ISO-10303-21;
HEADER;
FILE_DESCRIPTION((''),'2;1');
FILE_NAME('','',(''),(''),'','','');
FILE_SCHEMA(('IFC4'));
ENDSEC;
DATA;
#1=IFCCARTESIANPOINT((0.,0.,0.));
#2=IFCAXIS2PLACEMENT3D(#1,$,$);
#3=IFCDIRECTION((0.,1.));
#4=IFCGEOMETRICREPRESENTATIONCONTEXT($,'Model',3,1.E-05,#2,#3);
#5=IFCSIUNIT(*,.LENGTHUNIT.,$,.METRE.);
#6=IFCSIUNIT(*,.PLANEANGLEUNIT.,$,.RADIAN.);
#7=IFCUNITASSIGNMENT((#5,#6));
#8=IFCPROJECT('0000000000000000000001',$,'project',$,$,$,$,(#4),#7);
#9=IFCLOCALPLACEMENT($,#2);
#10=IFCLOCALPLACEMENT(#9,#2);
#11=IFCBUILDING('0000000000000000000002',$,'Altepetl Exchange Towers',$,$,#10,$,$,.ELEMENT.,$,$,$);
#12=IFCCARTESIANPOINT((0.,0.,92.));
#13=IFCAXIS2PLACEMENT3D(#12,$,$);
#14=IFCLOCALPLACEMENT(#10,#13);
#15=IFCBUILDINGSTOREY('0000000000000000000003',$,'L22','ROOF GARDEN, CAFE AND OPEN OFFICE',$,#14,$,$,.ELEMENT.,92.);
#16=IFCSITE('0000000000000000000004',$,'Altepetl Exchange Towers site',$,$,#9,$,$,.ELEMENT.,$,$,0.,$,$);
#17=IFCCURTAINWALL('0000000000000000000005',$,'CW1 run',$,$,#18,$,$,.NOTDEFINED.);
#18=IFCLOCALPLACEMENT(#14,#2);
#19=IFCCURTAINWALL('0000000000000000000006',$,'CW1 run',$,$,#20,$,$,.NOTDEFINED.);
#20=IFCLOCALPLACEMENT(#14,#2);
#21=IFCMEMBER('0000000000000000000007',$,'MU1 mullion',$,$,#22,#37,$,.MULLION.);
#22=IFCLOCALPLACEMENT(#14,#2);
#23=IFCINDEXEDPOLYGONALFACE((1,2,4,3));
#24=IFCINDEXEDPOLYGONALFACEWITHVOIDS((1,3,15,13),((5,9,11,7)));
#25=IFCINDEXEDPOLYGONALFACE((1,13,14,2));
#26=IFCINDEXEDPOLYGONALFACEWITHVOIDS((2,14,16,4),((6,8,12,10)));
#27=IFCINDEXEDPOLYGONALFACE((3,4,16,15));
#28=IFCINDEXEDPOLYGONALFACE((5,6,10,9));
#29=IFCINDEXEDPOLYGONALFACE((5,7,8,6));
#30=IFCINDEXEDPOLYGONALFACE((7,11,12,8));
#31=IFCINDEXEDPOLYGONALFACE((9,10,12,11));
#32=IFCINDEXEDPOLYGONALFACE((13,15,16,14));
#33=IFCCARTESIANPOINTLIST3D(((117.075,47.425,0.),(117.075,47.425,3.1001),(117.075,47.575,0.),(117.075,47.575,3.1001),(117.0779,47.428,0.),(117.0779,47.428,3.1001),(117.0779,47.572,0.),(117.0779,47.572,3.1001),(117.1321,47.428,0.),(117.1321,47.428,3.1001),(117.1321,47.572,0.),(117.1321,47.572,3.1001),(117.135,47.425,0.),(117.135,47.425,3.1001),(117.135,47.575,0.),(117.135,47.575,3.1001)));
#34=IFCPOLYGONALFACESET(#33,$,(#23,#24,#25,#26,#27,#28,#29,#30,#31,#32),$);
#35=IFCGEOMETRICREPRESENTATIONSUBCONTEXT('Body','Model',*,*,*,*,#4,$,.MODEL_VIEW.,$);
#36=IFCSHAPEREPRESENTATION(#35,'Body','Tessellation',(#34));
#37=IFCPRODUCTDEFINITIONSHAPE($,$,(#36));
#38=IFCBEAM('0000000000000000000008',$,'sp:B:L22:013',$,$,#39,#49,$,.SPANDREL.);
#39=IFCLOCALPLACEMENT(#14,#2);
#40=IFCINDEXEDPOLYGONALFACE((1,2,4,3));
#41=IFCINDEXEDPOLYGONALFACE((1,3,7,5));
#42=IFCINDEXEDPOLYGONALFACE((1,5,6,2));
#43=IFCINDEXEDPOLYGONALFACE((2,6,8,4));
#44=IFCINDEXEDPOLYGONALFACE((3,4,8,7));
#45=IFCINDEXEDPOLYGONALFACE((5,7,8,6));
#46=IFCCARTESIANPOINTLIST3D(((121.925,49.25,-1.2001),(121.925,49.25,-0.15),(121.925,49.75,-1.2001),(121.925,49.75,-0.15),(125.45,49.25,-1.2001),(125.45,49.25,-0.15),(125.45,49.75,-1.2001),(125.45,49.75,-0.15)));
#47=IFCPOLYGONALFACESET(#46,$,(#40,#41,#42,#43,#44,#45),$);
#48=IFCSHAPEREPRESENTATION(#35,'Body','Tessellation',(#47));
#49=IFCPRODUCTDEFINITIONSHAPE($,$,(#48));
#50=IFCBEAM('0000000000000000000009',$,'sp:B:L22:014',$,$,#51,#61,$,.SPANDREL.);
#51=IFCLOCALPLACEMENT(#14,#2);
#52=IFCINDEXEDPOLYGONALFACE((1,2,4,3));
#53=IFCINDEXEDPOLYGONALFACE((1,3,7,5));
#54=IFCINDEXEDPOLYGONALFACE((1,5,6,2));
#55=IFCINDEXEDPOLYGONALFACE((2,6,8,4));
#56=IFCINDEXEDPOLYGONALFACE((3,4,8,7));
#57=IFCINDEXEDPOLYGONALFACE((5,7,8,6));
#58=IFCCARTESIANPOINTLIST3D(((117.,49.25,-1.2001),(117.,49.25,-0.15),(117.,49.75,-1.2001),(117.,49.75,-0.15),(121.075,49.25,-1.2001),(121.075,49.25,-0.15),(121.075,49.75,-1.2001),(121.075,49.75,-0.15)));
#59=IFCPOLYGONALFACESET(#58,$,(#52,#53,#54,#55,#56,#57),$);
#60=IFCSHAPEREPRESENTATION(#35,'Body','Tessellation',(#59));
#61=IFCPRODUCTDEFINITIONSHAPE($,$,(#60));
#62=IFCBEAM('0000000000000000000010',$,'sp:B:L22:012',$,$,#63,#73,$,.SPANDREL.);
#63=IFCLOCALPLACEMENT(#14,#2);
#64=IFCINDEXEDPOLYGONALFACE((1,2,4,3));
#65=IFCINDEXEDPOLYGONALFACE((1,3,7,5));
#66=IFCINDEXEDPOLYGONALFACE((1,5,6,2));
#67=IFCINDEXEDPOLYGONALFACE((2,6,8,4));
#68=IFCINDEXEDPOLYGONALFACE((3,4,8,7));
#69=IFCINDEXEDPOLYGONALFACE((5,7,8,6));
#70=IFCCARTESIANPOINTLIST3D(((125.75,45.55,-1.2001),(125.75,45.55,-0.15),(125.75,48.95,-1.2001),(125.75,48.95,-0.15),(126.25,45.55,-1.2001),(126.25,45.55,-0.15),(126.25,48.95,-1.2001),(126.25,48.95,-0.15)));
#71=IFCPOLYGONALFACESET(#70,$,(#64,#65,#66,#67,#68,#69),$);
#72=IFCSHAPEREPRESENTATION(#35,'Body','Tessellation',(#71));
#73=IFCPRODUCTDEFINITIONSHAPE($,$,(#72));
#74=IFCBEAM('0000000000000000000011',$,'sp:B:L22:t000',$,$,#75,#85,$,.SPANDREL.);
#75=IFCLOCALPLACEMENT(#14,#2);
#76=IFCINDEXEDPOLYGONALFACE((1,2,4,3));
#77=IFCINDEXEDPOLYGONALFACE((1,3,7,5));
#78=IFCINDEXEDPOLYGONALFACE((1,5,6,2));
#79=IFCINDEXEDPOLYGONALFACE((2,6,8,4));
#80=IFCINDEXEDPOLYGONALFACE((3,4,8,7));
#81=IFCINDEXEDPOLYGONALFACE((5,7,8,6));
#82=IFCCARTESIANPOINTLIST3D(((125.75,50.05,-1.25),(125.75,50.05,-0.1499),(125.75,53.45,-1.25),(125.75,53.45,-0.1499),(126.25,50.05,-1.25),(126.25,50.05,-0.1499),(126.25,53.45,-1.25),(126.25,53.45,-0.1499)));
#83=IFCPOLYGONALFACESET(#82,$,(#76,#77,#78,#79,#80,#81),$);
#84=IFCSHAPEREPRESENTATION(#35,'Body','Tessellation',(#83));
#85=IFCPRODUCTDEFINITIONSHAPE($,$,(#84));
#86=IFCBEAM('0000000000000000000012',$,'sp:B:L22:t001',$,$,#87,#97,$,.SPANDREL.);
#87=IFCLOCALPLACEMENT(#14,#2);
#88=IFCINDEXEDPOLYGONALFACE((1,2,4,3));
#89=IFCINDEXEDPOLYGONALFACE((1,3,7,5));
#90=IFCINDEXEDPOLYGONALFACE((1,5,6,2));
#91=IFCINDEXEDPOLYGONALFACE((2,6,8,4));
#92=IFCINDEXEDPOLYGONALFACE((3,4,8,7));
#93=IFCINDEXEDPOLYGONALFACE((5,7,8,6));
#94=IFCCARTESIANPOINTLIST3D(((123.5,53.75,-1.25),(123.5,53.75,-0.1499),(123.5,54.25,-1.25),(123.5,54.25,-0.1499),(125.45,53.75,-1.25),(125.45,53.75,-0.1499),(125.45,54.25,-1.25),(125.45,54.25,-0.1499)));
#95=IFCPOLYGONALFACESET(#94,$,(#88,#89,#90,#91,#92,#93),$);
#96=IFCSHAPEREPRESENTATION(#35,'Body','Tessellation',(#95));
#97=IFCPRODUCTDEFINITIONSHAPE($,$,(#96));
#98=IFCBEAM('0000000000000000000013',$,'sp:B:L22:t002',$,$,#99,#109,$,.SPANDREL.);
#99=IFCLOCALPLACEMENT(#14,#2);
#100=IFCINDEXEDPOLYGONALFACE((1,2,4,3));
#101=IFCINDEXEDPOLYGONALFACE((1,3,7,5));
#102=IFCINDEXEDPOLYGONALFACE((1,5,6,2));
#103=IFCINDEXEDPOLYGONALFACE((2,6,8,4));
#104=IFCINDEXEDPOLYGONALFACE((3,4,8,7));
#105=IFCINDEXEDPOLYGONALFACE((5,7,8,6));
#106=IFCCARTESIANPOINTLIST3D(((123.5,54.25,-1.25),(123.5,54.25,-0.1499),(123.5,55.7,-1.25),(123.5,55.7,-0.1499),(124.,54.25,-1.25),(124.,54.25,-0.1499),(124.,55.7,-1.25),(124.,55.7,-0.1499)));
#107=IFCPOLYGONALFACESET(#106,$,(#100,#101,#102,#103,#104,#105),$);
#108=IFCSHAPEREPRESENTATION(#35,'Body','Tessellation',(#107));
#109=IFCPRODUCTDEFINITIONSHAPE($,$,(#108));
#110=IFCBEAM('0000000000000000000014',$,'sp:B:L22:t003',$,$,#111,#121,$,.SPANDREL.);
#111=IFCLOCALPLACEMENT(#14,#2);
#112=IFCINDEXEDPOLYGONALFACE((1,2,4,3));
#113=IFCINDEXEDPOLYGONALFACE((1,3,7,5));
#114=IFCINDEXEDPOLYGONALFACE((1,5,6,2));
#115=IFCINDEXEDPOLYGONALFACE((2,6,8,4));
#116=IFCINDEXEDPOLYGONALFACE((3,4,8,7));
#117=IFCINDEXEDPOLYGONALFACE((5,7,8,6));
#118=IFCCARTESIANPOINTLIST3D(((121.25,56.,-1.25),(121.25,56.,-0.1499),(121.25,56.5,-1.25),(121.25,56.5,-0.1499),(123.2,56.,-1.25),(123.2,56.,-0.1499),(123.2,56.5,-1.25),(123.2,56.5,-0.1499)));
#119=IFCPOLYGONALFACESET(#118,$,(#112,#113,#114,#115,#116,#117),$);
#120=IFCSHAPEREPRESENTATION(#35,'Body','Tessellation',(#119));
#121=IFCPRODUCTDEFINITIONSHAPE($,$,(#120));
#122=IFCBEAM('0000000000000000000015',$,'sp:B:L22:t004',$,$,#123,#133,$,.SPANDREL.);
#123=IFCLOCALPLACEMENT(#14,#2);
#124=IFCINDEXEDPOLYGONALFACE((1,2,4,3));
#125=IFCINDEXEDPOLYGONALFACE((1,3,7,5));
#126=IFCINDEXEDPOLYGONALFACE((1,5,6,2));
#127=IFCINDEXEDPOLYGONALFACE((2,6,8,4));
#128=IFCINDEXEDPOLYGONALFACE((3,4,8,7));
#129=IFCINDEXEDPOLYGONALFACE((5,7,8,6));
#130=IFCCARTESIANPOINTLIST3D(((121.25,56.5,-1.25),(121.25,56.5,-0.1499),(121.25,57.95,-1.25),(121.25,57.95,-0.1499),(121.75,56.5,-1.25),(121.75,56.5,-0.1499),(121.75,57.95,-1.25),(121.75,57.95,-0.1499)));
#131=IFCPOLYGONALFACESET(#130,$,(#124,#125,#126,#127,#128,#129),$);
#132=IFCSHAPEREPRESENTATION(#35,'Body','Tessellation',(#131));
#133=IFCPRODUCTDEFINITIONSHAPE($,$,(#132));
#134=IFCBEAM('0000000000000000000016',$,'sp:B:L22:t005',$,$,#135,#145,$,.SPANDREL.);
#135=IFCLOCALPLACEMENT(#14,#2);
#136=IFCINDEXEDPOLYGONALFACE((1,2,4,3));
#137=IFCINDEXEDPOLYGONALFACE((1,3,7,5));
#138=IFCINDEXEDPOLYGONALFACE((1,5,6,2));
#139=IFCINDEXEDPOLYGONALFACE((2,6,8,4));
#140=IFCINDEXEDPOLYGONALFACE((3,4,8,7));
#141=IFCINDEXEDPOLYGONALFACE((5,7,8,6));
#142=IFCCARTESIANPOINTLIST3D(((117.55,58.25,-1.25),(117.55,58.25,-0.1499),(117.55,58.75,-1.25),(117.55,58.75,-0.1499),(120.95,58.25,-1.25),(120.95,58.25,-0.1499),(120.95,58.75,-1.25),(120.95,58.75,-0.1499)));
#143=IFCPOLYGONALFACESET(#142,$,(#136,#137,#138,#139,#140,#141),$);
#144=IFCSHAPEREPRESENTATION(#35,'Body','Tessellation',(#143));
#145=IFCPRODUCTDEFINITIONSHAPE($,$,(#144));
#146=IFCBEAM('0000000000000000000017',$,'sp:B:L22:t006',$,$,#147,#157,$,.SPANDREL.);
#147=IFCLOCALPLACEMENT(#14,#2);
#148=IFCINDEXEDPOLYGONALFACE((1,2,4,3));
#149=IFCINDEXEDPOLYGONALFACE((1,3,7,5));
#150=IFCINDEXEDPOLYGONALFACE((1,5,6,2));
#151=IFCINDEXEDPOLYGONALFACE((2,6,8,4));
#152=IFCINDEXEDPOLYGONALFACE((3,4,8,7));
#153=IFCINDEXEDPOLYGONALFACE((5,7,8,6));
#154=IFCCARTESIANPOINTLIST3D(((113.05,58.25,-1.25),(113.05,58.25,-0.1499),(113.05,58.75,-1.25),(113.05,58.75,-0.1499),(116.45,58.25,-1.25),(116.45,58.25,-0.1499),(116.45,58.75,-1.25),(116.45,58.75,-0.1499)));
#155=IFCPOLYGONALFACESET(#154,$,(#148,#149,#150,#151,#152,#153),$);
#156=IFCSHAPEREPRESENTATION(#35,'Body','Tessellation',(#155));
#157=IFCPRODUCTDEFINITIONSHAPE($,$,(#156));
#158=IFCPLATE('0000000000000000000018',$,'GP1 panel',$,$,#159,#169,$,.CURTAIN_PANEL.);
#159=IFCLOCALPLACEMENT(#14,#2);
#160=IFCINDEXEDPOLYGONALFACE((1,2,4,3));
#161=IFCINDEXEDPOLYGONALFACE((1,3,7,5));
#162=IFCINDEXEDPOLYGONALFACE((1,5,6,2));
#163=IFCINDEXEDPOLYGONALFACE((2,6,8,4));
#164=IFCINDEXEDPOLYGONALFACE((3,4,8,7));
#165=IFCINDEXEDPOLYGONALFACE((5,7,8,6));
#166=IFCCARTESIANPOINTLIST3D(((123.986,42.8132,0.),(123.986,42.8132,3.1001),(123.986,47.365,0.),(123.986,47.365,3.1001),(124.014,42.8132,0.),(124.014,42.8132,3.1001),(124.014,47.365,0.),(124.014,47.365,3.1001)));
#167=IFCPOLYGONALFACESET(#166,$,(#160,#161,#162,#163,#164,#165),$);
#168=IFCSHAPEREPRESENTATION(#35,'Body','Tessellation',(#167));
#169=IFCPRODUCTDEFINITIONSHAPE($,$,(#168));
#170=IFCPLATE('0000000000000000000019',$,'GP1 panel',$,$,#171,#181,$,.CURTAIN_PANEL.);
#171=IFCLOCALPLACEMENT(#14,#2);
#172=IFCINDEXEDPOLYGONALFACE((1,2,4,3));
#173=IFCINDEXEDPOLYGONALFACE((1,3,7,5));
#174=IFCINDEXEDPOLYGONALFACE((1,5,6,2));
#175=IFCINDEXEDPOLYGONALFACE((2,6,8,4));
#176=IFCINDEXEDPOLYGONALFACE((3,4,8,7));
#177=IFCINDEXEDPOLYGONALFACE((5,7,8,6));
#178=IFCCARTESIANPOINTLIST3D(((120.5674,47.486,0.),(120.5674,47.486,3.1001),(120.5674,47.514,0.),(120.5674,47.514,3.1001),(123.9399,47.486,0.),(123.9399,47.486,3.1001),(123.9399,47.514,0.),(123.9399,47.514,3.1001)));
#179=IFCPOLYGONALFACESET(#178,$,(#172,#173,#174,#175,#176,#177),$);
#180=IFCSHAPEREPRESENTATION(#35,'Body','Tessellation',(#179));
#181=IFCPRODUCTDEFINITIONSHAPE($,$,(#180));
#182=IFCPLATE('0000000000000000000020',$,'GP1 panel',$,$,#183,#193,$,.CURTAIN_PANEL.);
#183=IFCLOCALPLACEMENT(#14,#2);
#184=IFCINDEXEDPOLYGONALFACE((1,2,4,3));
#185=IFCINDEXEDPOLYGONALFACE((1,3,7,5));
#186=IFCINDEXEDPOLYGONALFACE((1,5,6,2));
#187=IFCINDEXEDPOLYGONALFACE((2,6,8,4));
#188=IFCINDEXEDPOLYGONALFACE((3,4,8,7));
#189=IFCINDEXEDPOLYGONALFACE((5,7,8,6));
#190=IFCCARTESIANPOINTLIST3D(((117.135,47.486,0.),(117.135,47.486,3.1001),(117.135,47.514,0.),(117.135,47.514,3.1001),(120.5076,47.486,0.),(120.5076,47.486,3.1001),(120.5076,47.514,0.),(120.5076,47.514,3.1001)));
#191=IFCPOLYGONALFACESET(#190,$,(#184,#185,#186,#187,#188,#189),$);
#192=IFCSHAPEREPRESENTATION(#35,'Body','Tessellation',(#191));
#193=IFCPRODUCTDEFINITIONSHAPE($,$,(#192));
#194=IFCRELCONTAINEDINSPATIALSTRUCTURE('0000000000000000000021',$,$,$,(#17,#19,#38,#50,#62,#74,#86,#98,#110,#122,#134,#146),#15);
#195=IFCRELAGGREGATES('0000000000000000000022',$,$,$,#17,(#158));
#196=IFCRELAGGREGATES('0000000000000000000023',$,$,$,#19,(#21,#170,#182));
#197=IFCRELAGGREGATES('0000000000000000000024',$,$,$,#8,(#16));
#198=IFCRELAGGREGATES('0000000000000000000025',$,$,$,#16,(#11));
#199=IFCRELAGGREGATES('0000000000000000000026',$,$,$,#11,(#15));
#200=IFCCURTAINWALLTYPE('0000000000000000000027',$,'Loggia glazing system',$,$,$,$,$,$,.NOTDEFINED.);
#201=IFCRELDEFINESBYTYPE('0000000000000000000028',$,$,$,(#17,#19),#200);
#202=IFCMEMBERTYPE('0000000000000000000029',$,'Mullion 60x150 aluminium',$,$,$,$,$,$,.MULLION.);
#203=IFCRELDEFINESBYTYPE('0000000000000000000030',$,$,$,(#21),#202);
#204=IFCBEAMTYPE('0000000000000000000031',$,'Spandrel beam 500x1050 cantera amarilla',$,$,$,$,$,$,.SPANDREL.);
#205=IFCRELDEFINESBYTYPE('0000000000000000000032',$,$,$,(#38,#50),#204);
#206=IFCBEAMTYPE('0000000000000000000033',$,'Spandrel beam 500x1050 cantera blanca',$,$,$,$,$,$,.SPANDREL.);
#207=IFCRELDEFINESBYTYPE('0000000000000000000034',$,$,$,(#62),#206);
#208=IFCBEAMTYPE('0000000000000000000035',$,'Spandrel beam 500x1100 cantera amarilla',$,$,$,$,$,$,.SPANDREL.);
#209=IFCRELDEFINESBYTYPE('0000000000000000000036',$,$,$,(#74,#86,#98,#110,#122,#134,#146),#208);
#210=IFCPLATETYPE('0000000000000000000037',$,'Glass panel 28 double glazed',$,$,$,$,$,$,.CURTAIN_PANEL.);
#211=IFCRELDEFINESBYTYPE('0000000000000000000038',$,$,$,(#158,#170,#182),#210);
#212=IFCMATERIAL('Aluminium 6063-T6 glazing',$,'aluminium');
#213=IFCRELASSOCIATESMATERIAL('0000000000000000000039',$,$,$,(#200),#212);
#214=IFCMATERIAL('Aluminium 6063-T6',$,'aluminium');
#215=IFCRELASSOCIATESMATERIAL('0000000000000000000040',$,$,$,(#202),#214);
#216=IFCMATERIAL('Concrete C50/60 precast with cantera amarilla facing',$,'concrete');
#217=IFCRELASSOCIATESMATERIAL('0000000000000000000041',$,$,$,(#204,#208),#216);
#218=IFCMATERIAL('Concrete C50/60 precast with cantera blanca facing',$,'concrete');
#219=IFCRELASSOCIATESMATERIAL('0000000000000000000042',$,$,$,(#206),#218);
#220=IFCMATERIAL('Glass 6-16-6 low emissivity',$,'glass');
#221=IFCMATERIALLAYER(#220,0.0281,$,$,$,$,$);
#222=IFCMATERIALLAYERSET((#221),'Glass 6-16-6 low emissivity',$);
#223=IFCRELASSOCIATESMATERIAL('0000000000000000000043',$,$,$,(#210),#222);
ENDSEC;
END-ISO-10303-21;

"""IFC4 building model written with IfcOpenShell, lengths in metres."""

from ifc_helpers import new_model, si_unit, direction, frame, origin, origin_2d, place, context, subcontext, project, spatial, rectangle, hollow_rectangle, extrude, material, layer, layer_set, material_profile, profile_set, type_object, element, aggregate, save


model = new_model("IFC4")

# Units and contexts
model_context = context("Model", 3, precision=1e-05, world=origin(), true_north=direction((0.0, 1.0)))
body_context = subcontext(model_context, "Body", "Model", "MODEL_VIEW")
ifc_project = project(units=[si_unit("LENGTHUNIT", "METRE"), si_unit("PLANEANGLEUNIT", "RADIAN")], contexts=[model_context])

# Site, building, storey
site_placement = place(None, origin())
site = spatial("IfcSite", under=ifc_project, at=site_placement, Name="Altepetl Exchange Towers site", CompositionType="ELEMENT", RefElevation=0.0)
building_placement = place(site_placement, origin())
building = spatial("IfcBuilding", under=site, at=building_placement, Name="Altepetl Exchange Towers", CompositionType="ELEMENT")
storey_placement = place(building_placement, frame((0.0, 0.0, 92.0)))
storey = spatial("IfcBuildingStorey", under=building, at=storey_placement, Name="L22", Description="ROOF GARDEN, CAFE AND OPEN OFFICE", CompositionType="ELEMENT", Elevation=92.0)

# Curtain walls, member
ifc_material_1 = material(Name="Aluminium 6063-T6 glazing", Category="aluminium")
curtain_wall_type = type_object("IfcCurtainWallType", Name="Loggia glazing system", PredefinedType="NOTDEFINED", material=ifc_material_1)
curtain_wall_1_placement = place(storey_placement, origin())
curtain_wall_1 = element("IfcCurtainWall", 1, at=curtain_wall_1_placement, inside=storey, type_object=curtain_wall_type, Name="CW1 run", PredefinedType="NOTDEFINED")
ifc_material_2 = material(Name="Aluminium 6063-T6", Category="aluminium")
ifc_material_profile_1 = material_profile(ifc_material_2, hollow_rectangle(XDim=0.0601, YDim=0.1499, WallThickness=0.0029, at=origin_2d()), Name="Mullion 60x150 aluminium")
ifc_profile_set_1 = profile_set([ifc_material_profile_1], Name="Aluminium 6063-T6")
member_type = type_object("IfcMemberType", Name="Mullion 60x150 aluminium", PredefinedType="MULLION", material=ifc_profile_set_1)
curtain_wall_2_placement = place(storey_placement, origin())
curtain_wall_2 = element("IfcCurtainWall", 2, at=curtain_wall_2_placement, inside=storey, type_object=curtain_wall_type, Name="CW1 run", PredefinedType="NOTDEFINED")
member_1_placement = place(storey_placement, frame((117.105, 47.5, 0.0), z_axis=(0.0, 0.0, 1.0), x_axis=(-1.0, 0.0, 0.0)))
member_1 = element("IfcMember", 3, at=member_1_placement, type_object=member_type, Name="MU1 mullion", PredefinedType="MULLION", context=body_context, shape_type="SweptSolid", body=[
    extrude(hollow_rectangle(XDim=0.0601, YDim=0.1499, WallThickness=0.0029, at=origin_2d()), origin(), (0.0, 0.0, 1.0), 3.1001),
])

# Beams
ifc_material_3 = material(Name="Concrete C50/60 precast with cantera amarilla facing", Category="concrete")
ifc_material_profile_2 = material_profile(ifc_material_3, rectangle(XDim=0.5, YDim=1.05, at=origin_2d()), Name="500 x 1050")
ifc_profile_set_2 = profile_set([ifc_material_profile_2], Name="Concrete C50/60 precast with cantera amarilla facing")
beam_type_1 = type_object("IfcBeamType", Name="Spandrel beam 500x1050 cantera amarilla", PredefinedType="SPANDREL", material=ifc_profile_set_2)
beam_1_placement = place(storey_placement, frame((125.45, 49.5, -0.675), z_axis=(-1.0, 0.0, 0.0), x_axis=(0.0, -1.0, 0.0)))
element("IfcBeam", 4, at=beam_1_placement, inside=storey, type_object=beam_type_1, Name="sp:B:L22:013", PredefinedType="SPANDREL", context=body_context, shape_type="SweptSolid", body=[
    extrude(rectangle(XDim=0.5, YDim=1.05, at=origin_2d()), origin(), (0.0, 0.0, 1.0), 3.5249),
])
beam_2_placement = place(storey_placement, frame((121.075, 49.5, -0.675), z_axis=(-1.0, 0.0, 0.0), x_axis=(0.0, -1.0, 0.0)))
element("IfcBeam", 5, at=beam_2_placement, inside=storey, type_object=beam_type_1, Name="sp:B:L22:014", PredefinedType="SPANDREL", context=body_context, shape_type="SweptSolid", body=[
    extrude(rectangle(XDim=0.5, YDim=1.05, at=origin_2d()), origin(), (0.0, 0.0, 1.0), 4.075),
])
ifc_material_4 = material(Name="Concrete C50/60 precast with cantera blanca facing", Category="concrete")
ifc_material_profile_3 = material_profile(ifc_material_4, rectangle(XDim=0.5, YDim=1.05, at=origin_2d()), Name="500 x 1050")
ifc_profile_set_3 = profile_set([ifc_material_profile_3], Name="Concrete C50/60 precast with cantera blanca facing")
beam_type_2 = type_object("IfcBeamType", Name="Spandrel beam 500x1050 cantera blanca", PredefinedType="SPANDREL", material=ifc_profile_set_3)
beam_3_placement = place(storey_placement, frame((126.0, 45.55, -0.675), z_axis=(0.0, 1.0, 0.0), x_axis=(-1.0, 0.0, 0.0)))
element("IfcBeam", 6, at=beam_3_placement, inside=storey, type_object=beam_type_2, Name="sp:B:L22:012", PredefinedType="SPANDREL", context=body_context, shape_type="SweptSolid", body=[
    extrude(rectangle(XDim=0.5, YDim=1.05, at=origin_2d()), origin(), (0.0, 0.0, 1.0), 3.3999),
])
ifc_material_profile_4 = material_profile(ifc_material_3, rectangle(XDim=0.5, YDim=1.1001, at=origin_2d()), Name="500 x 1100")
ifc_profile_set_4 = profile_set([ifc_material_profile_4], Name="Concrete C50/60 precast with cantera amarilla facing")
beam_type_3 = type_object("IfcBeamType", Name="Spandrel beam 500x1100 cantera amarilla", PredefinedType="SPANDREL", material=ifc_profile_set_4)
beam_4_placement = place(storey_placement, frame((126.0, 50.05, -0.7), z_axis=(0.0, 1.0, 0.0), x_axis=(-1.0, 0.0, 0.0)))
element("IfcBeam", 7, at=beam_4_placement, inside=storey, type_object=beam_type_3, Name="sp:B:L22:t000", PredefinedType="SPANDREL", context=body_context, shape_type="SweptSolid", body=[
    extrude(rectangle(XDim=0.5, YDim=1.1001, at=origin_2d()), origin(), (0.0, 0.0, 1.0), 3.3999),
])
beam_5_placement = place(storey_placement, frame((125.45, 54.0, -0.7), z_axis=(-1.0, 0.0, 0.0), x_axis=(0.0, -1.0, 0.0)))
element("IfcBeam", 8, at=beam_5_placement, inside=storey, type_object=beam_type_3, Name="sp:B:L22:t001", PredefinedType="SPANDREL", context=body_context, shape_type="SweptSolid", body=[
    extrude(rectangle(XDim=0.5, YDim=1.1001, at=origin_2d()), origin(), (0.0, 0.0, 1.0), 1.95),
])
beam_6_placement = place(storey_placement, frame((123.75, 54.25, -0.7), z_axis=(0.0, 1.0, 0.0), x_axis=(-1.0, 0.0, 0.0)))
element("IfcBeam", 9, at=beam_6_placement, inside=storey, type_object=beam_type_3, Name="sp:B:L22:t002", PredefinedType="SPANDREL", context=body_context, shape_type="SweptSolid", body=[
    extrude(rectangle(XDim=0.5, YDim=1.1001, at=origin_2d()), origin(), (0.0, 0.0, 1.0), 1.45),
])
beam_7_placement = place(storey_placement, frame((123.2, 56.25, -0.7), z_axis=(-1.0, 0.0, 0.0), x_axis=(0.0, -1.0, 0.0)))
element("IfcBeam", 10, at=beam_7_placement, inside=storey, type_object=beam_type_3, Name="sp:B:L22:t003", PredefinedType="SPANDREL", context=body_context, shape_type="SweptSolid", body=[
    extrude(rectangle(XDim=0.5, YDim=1.1001, at=origin_2d()), origin(), (0.0, 0.0, 1.0), 1.95),
])
beam_8_placement = place(storey_placement, frame((121.5, 56.5, -0.7), z_axis=(0.0, 1.0, 0.0), x_axis=(-1.0, 0.0, 0.0)))
element("IfcBeam", 11, at=beam_8_placement, inside=storey, type_object=beam_type_3, Name="sp:B:L22:t004", PredefinedType="SPANDREL", context=body_context, shape_type="SweptSolid", body=[
    extrude(rectangle(XDim=0.5, YDim=1.1001, at=origin_2d()), origin(), (0.0, 0.0, 1.0), 1.45),
])
for number, where, z_axis, x_axis, name in (
    (12, (120.95, 58.5, -0.7), (-1.0, 0.0, 0.0), (0.0, -1.0, 0.0), "sp:B:L22:t005"),
    (13, (116.45, 58.5, -0.7), (-1.0, 0.0, 0.0), (0.0, -1.0, 0.0), "sp:B:L22:t006"),
):
    element("IfcBeam", number, at=place(storey_placement, frame(where, z_axis=z_axis, x_axis=x_axis)), inside=storey, type_object=beam_type_3, Name=name, PredefinedType="SPANDREL", context=body_context, shape_type="SweptSolid", body=[
        extrude(rectangle(XDim=0.5, YDim=1.1001, at=origin_2d()), origin(), (0.0, 0.0, 1.0), 3.3999),
    ])

# Plates
ifc_material_5 = material(Name="Glass 6-16-6 low emissivity", Category="glass")
ifc_layer_1 = layer(ifc_material_5, 0.0281)
ifc_layer_set_1 = layer_set([ifc_layer_1], Name="Glass 6-16-6 low emissivity")
plate_type = type_object("IfcPlateType", Name="Glass panel 28 double glazed", PredefinedType="CURTAIN_PANEL", material=ifc_layer_set_1)
plate_1_placement = place(storey_placement, frame((124.0, 45.0891, 0.0), z_axis=(0.0, 0.0, 1.0), x_axis=(0.0, 1.0, 0.0)))
plate_1 = element("IfcPlate", 14, at=plate_1_placement, type_object=plate_type, Name="GP1 panel", PredefinedType="CURTAIN_PANEL", context=body_context, shape_type="SweptSolid", body=[
    extrude(rectangle(XDim=4.5518, YDim=0.0281, at=origin_2d()), origin(), (0.0, 0.0, 1.0), 3.1001),
])
aggregate(curtain_wall_1, [plate_1])
plate_2_placement = place(storey_placement, frame((122.2537, 47.5, 0.0), z_axis=(0.0, 0.0, 1.0), x_axis=(-1.0, 0.0, 0.0)))
plate_2 = element("IfcPlate", 15, at=plate_2_placement, type_object=plate_type, Name="GP1 panel", PredefinedType="CURTAIN_PANEL", context=body_context, shape_type="SweptSolid", body=[
    extrude(rectangle(XDim=3.3726, YDim=0.0281, at=origin_2d()), origin(), (0.0, 0.0, 1.0), 3.1001),
])
plate_3_placement = place(storey_placement, frame((118.8213, 47.5, 0.0), z_axis=(0.0, 0.0, 1.0), x_axis=(-1.0, 0.0, 0.0)))
plate_3 = element("IfcPlate", 16, at=plate_3_placement, type_object=plate_type, Name="GP1 panel", PredefinedType="CURTAIN_PANEL", context=body_context, shape_type="SweptSolid", body=[
    extrude(rectangle(XDim=3.3726, YDim=0.0281, at=origin_2d()), origin(), (0.0, 0.0, 1.0), 3.1001),
])
aggregate(curtain_wall_2, [member_1, plate_2, plate_3])

save(model, "model.ifc")
